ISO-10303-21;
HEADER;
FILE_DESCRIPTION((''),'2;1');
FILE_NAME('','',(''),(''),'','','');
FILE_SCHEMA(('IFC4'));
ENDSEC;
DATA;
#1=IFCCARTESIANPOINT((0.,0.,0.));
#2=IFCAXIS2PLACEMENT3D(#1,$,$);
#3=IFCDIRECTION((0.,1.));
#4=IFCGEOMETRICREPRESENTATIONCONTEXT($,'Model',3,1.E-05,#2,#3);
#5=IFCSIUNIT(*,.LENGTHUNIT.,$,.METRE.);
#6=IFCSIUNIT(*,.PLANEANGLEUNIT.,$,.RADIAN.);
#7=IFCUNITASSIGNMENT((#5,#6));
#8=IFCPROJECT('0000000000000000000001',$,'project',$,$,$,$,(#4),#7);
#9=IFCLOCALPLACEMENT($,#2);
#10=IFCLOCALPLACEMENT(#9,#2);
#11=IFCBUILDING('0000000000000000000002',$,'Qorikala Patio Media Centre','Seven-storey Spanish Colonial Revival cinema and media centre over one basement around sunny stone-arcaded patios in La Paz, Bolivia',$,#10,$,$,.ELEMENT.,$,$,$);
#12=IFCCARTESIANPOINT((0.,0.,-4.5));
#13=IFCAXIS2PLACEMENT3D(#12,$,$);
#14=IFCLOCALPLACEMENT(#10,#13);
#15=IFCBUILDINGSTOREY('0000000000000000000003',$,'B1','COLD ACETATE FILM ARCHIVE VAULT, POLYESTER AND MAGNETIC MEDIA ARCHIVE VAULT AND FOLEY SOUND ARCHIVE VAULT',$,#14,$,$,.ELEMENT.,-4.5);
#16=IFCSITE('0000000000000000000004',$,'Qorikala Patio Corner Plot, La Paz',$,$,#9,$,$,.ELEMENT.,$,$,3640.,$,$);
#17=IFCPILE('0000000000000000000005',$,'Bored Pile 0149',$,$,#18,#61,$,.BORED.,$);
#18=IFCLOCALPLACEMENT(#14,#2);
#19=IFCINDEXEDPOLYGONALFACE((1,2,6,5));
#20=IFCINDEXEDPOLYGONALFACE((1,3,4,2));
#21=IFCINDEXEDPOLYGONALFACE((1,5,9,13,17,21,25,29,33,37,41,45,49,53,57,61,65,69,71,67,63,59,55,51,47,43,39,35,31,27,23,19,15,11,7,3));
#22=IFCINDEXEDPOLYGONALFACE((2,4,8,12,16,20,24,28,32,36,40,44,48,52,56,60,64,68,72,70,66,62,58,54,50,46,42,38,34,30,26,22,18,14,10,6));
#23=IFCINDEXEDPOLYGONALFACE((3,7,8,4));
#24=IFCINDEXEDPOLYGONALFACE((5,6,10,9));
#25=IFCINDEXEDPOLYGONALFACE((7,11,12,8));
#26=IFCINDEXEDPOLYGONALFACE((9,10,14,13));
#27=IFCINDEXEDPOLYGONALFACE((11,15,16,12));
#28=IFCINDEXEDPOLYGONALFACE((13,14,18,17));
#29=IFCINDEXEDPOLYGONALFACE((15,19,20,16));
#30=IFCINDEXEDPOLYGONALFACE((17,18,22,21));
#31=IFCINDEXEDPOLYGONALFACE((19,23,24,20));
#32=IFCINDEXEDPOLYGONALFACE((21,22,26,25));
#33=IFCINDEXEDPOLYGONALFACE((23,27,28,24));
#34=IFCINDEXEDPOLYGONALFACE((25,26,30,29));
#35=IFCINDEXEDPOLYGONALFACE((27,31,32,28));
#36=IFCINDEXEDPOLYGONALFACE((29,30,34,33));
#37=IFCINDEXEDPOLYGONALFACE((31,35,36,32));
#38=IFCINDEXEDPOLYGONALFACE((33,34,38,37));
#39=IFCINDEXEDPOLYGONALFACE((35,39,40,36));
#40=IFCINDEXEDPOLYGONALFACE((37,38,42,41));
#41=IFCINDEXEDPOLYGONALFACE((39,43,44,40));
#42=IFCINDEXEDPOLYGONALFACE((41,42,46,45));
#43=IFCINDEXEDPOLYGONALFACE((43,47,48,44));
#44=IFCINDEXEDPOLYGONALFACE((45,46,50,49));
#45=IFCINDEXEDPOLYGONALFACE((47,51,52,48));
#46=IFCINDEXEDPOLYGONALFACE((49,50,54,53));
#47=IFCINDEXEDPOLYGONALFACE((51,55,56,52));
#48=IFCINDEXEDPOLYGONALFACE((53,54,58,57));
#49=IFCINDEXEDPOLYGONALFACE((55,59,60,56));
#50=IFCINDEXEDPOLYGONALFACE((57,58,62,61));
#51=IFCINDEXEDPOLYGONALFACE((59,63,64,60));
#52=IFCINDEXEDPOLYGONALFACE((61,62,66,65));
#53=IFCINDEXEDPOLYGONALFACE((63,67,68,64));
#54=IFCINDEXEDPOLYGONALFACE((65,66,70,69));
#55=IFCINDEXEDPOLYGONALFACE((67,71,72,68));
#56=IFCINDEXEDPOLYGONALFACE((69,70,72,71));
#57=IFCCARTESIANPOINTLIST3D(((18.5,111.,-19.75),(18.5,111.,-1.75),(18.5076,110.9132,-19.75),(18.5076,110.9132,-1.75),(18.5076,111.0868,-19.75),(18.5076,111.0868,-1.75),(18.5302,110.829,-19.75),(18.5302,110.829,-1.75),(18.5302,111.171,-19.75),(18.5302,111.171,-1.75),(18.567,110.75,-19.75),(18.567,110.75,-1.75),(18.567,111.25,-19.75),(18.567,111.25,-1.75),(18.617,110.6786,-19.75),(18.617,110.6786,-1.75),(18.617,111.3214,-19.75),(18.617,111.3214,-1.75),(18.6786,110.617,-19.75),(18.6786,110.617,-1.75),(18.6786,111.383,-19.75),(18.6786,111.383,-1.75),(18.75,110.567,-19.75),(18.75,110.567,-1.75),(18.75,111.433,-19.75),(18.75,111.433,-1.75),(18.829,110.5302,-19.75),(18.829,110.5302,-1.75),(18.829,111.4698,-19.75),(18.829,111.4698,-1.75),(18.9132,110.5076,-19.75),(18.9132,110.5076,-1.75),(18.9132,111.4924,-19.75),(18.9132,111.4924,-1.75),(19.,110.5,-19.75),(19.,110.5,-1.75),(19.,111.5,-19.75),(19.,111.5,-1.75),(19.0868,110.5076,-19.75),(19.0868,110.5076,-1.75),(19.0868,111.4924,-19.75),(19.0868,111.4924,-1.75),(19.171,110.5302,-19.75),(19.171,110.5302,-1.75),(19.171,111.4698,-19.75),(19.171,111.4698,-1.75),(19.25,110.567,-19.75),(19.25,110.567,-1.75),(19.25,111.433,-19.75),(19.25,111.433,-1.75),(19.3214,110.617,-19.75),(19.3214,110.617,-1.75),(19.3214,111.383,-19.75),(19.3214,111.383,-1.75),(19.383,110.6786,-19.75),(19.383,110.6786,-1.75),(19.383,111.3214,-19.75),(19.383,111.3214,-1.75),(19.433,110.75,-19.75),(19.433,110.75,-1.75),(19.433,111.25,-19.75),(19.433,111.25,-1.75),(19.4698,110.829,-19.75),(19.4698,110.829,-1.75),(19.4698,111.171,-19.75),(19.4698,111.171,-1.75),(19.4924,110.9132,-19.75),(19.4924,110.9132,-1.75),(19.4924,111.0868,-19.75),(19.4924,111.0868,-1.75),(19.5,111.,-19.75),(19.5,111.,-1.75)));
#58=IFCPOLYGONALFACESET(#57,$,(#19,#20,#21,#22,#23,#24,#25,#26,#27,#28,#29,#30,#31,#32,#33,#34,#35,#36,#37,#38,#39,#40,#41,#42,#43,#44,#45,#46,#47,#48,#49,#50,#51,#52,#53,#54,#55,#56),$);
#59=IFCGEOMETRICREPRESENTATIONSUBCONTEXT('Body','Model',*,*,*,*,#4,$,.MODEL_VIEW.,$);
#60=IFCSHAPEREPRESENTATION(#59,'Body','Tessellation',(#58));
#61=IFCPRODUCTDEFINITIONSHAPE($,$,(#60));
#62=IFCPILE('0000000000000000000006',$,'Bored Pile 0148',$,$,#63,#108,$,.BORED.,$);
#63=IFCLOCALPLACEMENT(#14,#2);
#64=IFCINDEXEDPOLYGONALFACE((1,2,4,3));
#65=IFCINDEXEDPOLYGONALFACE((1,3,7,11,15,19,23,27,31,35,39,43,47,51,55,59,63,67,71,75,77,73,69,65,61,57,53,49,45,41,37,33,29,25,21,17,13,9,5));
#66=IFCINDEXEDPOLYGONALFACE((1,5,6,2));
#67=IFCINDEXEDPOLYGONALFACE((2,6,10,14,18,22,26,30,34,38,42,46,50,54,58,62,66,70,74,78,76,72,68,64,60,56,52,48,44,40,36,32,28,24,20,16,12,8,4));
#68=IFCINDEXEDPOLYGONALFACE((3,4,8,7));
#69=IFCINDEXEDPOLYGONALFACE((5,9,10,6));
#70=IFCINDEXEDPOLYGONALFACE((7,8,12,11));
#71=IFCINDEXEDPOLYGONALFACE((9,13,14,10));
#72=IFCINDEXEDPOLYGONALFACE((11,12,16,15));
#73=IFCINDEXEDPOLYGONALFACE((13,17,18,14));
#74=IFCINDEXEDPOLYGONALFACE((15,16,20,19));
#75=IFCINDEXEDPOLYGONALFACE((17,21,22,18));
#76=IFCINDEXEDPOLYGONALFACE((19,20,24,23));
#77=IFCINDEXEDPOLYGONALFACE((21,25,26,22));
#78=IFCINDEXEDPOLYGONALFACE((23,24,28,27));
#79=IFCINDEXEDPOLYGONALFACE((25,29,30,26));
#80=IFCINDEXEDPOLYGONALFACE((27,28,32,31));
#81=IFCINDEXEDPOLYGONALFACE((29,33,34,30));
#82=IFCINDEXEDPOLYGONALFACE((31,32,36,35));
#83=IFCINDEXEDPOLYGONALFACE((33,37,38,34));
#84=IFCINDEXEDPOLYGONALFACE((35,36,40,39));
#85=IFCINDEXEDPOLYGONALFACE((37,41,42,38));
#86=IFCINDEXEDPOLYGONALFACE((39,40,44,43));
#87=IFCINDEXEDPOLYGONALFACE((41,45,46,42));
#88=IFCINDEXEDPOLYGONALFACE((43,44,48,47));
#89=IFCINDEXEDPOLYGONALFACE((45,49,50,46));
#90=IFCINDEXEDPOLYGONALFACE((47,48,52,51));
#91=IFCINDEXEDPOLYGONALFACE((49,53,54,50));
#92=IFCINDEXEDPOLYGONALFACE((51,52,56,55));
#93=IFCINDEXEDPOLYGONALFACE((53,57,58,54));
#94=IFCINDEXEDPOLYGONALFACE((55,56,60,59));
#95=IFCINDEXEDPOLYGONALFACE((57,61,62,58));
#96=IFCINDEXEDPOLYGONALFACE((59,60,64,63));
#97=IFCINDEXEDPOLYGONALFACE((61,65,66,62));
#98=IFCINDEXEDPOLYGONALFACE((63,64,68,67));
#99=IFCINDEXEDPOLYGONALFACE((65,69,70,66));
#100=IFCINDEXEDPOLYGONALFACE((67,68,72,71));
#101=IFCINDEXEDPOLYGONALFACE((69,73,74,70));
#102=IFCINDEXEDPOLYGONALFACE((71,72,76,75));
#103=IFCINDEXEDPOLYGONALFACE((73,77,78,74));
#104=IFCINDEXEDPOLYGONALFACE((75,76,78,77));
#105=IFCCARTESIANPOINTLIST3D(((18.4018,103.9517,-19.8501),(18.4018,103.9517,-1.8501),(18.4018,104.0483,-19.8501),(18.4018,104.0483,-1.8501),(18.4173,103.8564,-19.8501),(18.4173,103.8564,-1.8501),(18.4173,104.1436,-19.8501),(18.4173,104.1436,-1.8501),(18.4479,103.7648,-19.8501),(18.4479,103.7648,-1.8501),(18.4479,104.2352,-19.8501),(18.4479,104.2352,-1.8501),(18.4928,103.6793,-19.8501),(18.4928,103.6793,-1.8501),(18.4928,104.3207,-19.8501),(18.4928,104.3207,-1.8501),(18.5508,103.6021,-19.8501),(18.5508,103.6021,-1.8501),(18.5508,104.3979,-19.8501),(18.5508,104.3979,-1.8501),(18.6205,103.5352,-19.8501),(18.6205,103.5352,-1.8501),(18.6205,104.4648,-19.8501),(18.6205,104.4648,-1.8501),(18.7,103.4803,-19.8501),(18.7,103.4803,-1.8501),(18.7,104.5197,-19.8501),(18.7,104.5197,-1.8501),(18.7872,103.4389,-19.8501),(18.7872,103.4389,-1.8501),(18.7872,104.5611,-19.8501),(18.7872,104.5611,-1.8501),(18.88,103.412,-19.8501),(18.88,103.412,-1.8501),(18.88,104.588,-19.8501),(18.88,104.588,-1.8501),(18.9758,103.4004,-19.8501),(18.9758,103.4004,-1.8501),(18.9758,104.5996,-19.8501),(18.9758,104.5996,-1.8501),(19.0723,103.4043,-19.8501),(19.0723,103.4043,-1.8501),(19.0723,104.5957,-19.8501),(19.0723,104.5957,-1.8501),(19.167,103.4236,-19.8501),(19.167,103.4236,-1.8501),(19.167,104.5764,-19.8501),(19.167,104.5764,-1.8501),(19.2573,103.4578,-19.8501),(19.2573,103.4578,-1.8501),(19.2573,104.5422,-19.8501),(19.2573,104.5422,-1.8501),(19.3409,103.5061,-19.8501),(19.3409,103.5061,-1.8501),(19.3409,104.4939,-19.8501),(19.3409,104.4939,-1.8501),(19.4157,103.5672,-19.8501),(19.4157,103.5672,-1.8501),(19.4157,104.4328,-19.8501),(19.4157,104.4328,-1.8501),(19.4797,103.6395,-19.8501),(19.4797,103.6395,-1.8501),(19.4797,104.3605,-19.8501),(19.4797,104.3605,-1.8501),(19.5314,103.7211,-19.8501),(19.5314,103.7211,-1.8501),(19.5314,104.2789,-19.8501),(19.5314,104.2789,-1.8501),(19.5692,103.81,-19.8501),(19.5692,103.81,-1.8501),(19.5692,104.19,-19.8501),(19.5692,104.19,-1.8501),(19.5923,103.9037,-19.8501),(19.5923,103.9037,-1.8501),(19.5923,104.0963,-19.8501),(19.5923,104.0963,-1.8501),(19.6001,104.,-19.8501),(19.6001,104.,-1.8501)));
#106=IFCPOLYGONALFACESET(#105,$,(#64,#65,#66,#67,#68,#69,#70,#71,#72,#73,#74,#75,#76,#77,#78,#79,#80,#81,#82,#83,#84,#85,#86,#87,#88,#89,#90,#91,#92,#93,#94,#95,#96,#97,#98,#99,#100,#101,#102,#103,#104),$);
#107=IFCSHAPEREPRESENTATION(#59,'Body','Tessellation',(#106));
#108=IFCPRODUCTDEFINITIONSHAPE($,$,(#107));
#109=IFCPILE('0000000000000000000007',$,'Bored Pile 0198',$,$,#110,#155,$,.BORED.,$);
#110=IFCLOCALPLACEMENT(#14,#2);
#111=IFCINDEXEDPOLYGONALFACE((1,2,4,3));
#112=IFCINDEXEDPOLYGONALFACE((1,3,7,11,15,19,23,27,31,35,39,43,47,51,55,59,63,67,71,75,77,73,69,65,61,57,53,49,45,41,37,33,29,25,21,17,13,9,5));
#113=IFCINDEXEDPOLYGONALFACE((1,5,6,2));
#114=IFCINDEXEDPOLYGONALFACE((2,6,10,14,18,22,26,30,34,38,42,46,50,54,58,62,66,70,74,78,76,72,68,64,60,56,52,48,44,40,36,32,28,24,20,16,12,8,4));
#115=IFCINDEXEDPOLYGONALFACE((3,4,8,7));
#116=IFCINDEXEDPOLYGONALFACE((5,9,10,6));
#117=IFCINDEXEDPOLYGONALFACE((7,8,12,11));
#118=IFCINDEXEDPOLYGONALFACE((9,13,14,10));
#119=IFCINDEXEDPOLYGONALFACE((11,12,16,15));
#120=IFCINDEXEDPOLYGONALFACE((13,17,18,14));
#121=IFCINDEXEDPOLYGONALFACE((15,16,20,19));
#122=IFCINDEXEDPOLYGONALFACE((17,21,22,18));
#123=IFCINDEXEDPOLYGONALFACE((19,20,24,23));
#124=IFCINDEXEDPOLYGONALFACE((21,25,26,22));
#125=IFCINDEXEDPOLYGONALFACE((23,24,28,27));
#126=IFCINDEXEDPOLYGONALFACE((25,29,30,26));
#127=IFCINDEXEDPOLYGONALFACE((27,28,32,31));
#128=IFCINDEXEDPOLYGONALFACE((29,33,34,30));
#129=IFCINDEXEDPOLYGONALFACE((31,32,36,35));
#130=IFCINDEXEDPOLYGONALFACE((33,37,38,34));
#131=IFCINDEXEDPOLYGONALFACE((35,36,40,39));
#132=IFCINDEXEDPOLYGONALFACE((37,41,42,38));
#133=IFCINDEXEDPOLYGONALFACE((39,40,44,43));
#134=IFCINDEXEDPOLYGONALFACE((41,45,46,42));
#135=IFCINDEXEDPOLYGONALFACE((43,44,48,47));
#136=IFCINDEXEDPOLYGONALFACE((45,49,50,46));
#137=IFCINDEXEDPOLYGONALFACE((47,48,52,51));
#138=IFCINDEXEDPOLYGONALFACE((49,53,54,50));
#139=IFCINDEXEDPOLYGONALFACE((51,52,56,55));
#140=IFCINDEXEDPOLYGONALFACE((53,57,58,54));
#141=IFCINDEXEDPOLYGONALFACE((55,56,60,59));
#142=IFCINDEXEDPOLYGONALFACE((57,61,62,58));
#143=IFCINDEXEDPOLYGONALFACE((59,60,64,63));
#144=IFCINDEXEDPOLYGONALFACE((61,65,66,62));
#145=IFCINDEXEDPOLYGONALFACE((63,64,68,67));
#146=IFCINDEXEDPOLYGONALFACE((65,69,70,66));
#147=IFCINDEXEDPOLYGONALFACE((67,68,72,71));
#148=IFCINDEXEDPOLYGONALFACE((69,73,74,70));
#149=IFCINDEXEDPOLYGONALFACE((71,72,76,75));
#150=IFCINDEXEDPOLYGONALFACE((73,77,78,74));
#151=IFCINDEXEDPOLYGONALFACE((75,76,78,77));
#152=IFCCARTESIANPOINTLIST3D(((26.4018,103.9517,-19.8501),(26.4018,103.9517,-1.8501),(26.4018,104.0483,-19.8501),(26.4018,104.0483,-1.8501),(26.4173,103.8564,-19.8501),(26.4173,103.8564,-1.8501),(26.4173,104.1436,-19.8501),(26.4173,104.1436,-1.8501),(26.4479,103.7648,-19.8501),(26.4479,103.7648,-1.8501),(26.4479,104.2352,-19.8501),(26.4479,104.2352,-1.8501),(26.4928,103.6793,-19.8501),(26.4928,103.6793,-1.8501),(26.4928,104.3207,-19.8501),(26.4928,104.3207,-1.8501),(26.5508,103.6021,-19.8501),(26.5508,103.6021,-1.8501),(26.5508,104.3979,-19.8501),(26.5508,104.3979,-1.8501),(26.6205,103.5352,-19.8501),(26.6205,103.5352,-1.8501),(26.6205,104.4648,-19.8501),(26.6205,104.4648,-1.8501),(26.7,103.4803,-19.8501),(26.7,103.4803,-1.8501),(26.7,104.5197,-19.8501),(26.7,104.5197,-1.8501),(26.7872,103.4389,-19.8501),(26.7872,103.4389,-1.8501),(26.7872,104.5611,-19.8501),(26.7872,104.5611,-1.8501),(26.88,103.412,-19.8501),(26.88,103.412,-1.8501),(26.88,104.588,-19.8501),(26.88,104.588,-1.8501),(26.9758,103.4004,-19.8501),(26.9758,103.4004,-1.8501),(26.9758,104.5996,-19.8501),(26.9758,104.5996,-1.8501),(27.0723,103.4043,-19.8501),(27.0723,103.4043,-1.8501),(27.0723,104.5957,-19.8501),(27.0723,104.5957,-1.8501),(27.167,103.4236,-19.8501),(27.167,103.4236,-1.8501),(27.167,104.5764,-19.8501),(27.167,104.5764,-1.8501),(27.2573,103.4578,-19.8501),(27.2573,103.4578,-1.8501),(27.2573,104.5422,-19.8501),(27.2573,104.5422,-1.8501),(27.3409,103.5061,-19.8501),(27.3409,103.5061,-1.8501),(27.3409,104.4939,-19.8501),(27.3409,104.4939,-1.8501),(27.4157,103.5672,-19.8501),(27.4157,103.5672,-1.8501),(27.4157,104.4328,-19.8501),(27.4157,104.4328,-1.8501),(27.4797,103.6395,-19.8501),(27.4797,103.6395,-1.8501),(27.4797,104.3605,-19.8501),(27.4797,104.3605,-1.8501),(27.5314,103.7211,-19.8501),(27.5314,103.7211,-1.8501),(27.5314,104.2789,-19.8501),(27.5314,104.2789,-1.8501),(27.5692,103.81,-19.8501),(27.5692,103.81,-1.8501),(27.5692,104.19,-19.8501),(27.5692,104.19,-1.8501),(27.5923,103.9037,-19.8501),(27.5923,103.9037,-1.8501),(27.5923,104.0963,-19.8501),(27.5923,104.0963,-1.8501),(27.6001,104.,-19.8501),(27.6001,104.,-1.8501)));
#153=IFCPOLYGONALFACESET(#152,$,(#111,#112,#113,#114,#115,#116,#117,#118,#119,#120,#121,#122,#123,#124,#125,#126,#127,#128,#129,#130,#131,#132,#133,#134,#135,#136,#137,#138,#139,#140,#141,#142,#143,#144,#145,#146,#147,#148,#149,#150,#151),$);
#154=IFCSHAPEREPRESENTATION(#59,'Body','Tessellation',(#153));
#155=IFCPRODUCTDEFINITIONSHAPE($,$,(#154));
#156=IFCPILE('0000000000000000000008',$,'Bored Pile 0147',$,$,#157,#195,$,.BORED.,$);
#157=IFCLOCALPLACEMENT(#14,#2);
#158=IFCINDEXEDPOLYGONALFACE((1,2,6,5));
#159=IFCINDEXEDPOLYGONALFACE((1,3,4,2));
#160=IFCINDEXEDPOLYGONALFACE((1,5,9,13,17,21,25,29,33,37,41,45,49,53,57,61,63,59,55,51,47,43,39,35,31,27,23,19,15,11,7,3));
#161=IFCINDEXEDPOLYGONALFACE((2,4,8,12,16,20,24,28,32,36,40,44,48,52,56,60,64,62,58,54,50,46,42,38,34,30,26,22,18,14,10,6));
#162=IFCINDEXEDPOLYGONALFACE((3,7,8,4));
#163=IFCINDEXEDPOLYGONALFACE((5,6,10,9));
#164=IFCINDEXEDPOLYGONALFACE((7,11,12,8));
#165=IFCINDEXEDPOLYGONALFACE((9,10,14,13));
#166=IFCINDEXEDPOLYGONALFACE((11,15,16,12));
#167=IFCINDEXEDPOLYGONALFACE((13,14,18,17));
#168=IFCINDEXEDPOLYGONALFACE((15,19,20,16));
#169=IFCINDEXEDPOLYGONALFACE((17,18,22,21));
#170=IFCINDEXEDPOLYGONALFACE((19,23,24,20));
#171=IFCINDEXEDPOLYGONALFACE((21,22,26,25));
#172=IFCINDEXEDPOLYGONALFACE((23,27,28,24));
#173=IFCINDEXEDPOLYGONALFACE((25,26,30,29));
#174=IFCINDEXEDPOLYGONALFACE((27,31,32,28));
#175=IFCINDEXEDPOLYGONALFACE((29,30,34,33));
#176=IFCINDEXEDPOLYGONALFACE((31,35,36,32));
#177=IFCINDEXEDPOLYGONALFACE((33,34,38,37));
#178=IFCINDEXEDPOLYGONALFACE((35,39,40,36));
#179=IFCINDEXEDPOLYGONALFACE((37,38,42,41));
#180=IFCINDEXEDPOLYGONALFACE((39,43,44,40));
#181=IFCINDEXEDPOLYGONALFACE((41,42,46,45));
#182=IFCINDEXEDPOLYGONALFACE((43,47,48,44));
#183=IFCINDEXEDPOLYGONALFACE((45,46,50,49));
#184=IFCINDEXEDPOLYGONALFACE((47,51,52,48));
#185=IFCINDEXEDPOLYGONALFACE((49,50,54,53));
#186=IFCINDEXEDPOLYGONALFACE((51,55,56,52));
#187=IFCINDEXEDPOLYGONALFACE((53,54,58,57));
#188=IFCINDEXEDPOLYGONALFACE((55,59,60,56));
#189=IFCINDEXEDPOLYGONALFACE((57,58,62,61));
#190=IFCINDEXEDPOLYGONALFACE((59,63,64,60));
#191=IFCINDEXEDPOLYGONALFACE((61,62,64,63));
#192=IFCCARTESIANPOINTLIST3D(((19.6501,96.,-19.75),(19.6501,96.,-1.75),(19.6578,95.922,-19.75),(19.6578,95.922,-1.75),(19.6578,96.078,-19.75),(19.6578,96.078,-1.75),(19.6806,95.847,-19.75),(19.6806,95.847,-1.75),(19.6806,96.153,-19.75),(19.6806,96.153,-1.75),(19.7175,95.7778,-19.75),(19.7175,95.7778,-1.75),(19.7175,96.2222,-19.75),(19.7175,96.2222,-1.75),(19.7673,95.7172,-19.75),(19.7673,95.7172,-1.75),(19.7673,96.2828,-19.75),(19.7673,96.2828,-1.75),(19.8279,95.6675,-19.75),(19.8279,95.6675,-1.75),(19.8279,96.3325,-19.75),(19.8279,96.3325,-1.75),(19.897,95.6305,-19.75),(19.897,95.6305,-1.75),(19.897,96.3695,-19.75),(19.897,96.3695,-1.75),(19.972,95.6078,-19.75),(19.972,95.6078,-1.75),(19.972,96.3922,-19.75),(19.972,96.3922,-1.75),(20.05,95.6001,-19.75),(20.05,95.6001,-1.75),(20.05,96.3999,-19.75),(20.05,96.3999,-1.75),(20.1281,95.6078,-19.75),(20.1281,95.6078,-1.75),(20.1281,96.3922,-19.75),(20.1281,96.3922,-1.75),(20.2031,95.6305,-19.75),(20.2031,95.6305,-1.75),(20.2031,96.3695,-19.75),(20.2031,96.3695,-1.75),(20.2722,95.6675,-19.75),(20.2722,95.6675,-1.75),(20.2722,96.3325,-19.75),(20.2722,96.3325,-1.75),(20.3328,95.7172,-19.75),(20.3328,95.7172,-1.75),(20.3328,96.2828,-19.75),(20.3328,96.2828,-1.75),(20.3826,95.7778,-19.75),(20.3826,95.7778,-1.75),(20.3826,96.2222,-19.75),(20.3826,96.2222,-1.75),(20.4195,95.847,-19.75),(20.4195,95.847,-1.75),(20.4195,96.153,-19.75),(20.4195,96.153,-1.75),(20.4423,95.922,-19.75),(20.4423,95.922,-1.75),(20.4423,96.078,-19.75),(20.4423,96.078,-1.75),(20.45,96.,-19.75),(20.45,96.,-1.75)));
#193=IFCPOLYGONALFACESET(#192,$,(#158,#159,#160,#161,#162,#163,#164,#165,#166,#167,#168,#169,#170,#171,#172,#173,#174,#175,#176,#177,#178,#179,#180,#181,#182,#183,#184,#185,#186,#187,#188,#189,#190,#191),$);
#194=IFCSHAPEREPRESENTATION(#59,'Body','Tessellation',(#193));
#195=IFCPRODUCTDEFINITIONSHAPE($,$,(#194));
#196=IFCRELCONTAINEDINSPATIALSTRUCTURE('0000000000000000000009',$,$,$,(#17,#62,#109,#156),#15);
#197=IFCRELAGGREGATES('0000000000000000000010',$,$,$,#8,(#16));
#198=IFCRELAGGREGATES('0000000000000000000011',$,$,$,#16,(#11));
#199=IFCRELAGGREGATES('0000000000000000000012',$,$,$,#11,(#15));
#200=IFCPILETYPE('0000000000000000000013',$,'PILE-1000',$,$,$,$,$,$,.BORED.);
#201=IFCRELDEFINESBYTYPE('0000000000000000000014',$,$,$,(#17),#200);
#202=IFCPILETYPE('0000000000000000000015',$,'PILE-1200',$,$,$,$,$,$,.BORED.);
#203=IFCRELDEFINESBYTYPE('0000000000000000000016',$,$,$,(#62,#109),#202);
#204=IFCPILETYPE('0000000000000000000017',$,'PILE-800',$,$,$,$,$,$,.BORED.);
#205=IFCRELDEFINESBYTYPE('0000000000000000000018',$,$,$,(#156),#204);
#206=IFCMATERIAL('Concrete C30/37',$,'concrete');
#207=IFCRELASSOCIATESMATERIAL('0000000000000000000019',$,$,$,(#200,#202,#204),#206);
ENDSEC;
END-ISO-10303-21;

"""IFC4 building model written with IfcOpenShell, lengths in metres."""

from ifc_helpers import new_model, si_unit, direction, frame, origin, origin_2d, place, context, subcontext, project, spatial, circle, extrude, material, material_profile, profile_set, type_object, element, save


model = new_model("IFC4")

# Units and contexts
model_context = context("Model", 3, precision=1e-05, world=origin(), true_north=direction((0.0, 1.0)))
body_context = subcontext(model_context, "Body", "Model", "MODEL_VIEW")
ifc_project = project(units=[si_unit("LENGTHUNIT", "METRE"), si_unit("PLANEANGLEUNIT", "RADIAN")], contexts=[model_context])

# Site, building, storey
site_placement = place(None, origin())
site = spatial("IfcSite", under=ifc_project, at=site_placement, Name="Qorikala Patio Corner Plot, La Paz", CompositionType="ELEMENT", RefElevation=3640.0)
building_placement = place(site_placement, origin())
building = spatial("IfcBuilding", under=site, at=building_placement, Name="Qorikala Patio Media Centre", Description="Seven-storey Spanish Colonial Revival cinema and media centre over one basement around sunny stone-arcaded patios in La Paz, Bolivia", CompositionType="ELEMENT")
storey_placement = place(building_placement, frame((0.0, 0.0, -4.5)))
storey = spatial("IfcBuildingStorey", under=building, at=storey_placement, Name="B1", Description="COLD ACETATE FILM ARCHIVE VAULT, POLYESTER AND MAGNETIC MEDIA ARCHIVE VAULT AND FOLEY SOUND ARCHIVE VAULT", CompositionType="ELEMENT", Elevation=-4.5)

# Shared definitions
ifc_material_1 = material(Name="Concrete C30/37", Category="concrete")

# Piles
ifc_material_profile_1 = material_profile(ifc_material_1, circle(Radius=0.5, at=origin_2d()), Name="BORED PILE 1000")
ifc_profile_set_1 = profile_set([ifc_material_profile_1], Name="Concrete C30/37")
pile_type_1 = type_object("IfcPileType", Name="PILE-1000", PredefinedType="BORED", material=ifc_profile_set_1)
pile_placement = place(storey_placement, frame((19.0, 111.0, -1.75), z_axis=(0.0, 0.0, -1.0), x_axis=(1.0, 0.0, 0.0)))
element("IfcPile", 1, at=pile_placement, inside=storey, type_object=pile_type_1, Name="Bored Pile 0149", PredefinedType="BORED", context=body_context, shape_type="SweptSolid", body=[
    extrude(circle(Radius=0.5, at=origin_2d()), origin(), (0.0, 0.0, 1.0), 18.0),
])
ifc_material_profile_2 = material_profile(ifc_material_1, circle(Radius=0.6001, at=origin_2d()), Name="BORED PILE 1200")
ifc_profile_set_2 = profile_set([ifc_material_profile_2], Name="Concrete C30/37")
pile_type_2 = type_object("IfcPileType", Name="PILE-1200", PredefinedType="BORED", material=ifc_profile_set_2)
for number, where, z_axis, x_axis, name in (
    (2, (19.0, 104.0, -1.8501), (0.0, 0.0, -1.0), (1.0, 0.0, 0.0), "Bored Pile 0148"),
    (3, (27.0, 104.0, -1.8501), (0.0, 0.0, -1.0), (1.0, 0.0, 0.0), "Bored Pile 0198"),
):
    element("IfcPile", number, at=place(storey_placement, frame(where, z_axis=z_axis, x_axis=x_axis)), inside=storey, type_object=pile_type_2, Name=name, PredefinedType="BORED", context=body_context, shape_type="SweptSolid", body=[
        extrude(circle(Radius=0.6001, at=origin_2d()), origin(), (0.0, 0.0, 1.0), 18.0),
    ])
ifc_material_profile_3 = material_profile(ifc_material_1, circle(Radius=0.3999, at=origin_2d()), Name="BORED PILE 800")
ifc_profile_set_3 = profile_set([ifc_material_profile_3], Name="Concrete C30/37")
pile_type_3 = type_object("IfcPileType", Name="PILE-800", PredefinedType="BORED", material=ifc_profile_set_3)
for number, where, z_axis, x_axis, name in (
    (4, (20.05, 96.0, -1.75), (0.0, 0.0, -1.0), (1.0, 0.0, 0.0), "Bored Pile 0147"),
):
    element("IfcPile", number, at=place(storey_placement, frame(where, z_axis=z_axis, x_axis=x_axis)), inside=storey, type_object=pile_type_3, Name=name, PredefinedType="BORED", context=body_context, shape_type="SweptSolid", body=[
        extrude(circle(Radius=0.3999, at=origin_2d()), origin(), (0.0, 0.0, 1.0), 18.0),
    ])

save(model, "model.ifc")
